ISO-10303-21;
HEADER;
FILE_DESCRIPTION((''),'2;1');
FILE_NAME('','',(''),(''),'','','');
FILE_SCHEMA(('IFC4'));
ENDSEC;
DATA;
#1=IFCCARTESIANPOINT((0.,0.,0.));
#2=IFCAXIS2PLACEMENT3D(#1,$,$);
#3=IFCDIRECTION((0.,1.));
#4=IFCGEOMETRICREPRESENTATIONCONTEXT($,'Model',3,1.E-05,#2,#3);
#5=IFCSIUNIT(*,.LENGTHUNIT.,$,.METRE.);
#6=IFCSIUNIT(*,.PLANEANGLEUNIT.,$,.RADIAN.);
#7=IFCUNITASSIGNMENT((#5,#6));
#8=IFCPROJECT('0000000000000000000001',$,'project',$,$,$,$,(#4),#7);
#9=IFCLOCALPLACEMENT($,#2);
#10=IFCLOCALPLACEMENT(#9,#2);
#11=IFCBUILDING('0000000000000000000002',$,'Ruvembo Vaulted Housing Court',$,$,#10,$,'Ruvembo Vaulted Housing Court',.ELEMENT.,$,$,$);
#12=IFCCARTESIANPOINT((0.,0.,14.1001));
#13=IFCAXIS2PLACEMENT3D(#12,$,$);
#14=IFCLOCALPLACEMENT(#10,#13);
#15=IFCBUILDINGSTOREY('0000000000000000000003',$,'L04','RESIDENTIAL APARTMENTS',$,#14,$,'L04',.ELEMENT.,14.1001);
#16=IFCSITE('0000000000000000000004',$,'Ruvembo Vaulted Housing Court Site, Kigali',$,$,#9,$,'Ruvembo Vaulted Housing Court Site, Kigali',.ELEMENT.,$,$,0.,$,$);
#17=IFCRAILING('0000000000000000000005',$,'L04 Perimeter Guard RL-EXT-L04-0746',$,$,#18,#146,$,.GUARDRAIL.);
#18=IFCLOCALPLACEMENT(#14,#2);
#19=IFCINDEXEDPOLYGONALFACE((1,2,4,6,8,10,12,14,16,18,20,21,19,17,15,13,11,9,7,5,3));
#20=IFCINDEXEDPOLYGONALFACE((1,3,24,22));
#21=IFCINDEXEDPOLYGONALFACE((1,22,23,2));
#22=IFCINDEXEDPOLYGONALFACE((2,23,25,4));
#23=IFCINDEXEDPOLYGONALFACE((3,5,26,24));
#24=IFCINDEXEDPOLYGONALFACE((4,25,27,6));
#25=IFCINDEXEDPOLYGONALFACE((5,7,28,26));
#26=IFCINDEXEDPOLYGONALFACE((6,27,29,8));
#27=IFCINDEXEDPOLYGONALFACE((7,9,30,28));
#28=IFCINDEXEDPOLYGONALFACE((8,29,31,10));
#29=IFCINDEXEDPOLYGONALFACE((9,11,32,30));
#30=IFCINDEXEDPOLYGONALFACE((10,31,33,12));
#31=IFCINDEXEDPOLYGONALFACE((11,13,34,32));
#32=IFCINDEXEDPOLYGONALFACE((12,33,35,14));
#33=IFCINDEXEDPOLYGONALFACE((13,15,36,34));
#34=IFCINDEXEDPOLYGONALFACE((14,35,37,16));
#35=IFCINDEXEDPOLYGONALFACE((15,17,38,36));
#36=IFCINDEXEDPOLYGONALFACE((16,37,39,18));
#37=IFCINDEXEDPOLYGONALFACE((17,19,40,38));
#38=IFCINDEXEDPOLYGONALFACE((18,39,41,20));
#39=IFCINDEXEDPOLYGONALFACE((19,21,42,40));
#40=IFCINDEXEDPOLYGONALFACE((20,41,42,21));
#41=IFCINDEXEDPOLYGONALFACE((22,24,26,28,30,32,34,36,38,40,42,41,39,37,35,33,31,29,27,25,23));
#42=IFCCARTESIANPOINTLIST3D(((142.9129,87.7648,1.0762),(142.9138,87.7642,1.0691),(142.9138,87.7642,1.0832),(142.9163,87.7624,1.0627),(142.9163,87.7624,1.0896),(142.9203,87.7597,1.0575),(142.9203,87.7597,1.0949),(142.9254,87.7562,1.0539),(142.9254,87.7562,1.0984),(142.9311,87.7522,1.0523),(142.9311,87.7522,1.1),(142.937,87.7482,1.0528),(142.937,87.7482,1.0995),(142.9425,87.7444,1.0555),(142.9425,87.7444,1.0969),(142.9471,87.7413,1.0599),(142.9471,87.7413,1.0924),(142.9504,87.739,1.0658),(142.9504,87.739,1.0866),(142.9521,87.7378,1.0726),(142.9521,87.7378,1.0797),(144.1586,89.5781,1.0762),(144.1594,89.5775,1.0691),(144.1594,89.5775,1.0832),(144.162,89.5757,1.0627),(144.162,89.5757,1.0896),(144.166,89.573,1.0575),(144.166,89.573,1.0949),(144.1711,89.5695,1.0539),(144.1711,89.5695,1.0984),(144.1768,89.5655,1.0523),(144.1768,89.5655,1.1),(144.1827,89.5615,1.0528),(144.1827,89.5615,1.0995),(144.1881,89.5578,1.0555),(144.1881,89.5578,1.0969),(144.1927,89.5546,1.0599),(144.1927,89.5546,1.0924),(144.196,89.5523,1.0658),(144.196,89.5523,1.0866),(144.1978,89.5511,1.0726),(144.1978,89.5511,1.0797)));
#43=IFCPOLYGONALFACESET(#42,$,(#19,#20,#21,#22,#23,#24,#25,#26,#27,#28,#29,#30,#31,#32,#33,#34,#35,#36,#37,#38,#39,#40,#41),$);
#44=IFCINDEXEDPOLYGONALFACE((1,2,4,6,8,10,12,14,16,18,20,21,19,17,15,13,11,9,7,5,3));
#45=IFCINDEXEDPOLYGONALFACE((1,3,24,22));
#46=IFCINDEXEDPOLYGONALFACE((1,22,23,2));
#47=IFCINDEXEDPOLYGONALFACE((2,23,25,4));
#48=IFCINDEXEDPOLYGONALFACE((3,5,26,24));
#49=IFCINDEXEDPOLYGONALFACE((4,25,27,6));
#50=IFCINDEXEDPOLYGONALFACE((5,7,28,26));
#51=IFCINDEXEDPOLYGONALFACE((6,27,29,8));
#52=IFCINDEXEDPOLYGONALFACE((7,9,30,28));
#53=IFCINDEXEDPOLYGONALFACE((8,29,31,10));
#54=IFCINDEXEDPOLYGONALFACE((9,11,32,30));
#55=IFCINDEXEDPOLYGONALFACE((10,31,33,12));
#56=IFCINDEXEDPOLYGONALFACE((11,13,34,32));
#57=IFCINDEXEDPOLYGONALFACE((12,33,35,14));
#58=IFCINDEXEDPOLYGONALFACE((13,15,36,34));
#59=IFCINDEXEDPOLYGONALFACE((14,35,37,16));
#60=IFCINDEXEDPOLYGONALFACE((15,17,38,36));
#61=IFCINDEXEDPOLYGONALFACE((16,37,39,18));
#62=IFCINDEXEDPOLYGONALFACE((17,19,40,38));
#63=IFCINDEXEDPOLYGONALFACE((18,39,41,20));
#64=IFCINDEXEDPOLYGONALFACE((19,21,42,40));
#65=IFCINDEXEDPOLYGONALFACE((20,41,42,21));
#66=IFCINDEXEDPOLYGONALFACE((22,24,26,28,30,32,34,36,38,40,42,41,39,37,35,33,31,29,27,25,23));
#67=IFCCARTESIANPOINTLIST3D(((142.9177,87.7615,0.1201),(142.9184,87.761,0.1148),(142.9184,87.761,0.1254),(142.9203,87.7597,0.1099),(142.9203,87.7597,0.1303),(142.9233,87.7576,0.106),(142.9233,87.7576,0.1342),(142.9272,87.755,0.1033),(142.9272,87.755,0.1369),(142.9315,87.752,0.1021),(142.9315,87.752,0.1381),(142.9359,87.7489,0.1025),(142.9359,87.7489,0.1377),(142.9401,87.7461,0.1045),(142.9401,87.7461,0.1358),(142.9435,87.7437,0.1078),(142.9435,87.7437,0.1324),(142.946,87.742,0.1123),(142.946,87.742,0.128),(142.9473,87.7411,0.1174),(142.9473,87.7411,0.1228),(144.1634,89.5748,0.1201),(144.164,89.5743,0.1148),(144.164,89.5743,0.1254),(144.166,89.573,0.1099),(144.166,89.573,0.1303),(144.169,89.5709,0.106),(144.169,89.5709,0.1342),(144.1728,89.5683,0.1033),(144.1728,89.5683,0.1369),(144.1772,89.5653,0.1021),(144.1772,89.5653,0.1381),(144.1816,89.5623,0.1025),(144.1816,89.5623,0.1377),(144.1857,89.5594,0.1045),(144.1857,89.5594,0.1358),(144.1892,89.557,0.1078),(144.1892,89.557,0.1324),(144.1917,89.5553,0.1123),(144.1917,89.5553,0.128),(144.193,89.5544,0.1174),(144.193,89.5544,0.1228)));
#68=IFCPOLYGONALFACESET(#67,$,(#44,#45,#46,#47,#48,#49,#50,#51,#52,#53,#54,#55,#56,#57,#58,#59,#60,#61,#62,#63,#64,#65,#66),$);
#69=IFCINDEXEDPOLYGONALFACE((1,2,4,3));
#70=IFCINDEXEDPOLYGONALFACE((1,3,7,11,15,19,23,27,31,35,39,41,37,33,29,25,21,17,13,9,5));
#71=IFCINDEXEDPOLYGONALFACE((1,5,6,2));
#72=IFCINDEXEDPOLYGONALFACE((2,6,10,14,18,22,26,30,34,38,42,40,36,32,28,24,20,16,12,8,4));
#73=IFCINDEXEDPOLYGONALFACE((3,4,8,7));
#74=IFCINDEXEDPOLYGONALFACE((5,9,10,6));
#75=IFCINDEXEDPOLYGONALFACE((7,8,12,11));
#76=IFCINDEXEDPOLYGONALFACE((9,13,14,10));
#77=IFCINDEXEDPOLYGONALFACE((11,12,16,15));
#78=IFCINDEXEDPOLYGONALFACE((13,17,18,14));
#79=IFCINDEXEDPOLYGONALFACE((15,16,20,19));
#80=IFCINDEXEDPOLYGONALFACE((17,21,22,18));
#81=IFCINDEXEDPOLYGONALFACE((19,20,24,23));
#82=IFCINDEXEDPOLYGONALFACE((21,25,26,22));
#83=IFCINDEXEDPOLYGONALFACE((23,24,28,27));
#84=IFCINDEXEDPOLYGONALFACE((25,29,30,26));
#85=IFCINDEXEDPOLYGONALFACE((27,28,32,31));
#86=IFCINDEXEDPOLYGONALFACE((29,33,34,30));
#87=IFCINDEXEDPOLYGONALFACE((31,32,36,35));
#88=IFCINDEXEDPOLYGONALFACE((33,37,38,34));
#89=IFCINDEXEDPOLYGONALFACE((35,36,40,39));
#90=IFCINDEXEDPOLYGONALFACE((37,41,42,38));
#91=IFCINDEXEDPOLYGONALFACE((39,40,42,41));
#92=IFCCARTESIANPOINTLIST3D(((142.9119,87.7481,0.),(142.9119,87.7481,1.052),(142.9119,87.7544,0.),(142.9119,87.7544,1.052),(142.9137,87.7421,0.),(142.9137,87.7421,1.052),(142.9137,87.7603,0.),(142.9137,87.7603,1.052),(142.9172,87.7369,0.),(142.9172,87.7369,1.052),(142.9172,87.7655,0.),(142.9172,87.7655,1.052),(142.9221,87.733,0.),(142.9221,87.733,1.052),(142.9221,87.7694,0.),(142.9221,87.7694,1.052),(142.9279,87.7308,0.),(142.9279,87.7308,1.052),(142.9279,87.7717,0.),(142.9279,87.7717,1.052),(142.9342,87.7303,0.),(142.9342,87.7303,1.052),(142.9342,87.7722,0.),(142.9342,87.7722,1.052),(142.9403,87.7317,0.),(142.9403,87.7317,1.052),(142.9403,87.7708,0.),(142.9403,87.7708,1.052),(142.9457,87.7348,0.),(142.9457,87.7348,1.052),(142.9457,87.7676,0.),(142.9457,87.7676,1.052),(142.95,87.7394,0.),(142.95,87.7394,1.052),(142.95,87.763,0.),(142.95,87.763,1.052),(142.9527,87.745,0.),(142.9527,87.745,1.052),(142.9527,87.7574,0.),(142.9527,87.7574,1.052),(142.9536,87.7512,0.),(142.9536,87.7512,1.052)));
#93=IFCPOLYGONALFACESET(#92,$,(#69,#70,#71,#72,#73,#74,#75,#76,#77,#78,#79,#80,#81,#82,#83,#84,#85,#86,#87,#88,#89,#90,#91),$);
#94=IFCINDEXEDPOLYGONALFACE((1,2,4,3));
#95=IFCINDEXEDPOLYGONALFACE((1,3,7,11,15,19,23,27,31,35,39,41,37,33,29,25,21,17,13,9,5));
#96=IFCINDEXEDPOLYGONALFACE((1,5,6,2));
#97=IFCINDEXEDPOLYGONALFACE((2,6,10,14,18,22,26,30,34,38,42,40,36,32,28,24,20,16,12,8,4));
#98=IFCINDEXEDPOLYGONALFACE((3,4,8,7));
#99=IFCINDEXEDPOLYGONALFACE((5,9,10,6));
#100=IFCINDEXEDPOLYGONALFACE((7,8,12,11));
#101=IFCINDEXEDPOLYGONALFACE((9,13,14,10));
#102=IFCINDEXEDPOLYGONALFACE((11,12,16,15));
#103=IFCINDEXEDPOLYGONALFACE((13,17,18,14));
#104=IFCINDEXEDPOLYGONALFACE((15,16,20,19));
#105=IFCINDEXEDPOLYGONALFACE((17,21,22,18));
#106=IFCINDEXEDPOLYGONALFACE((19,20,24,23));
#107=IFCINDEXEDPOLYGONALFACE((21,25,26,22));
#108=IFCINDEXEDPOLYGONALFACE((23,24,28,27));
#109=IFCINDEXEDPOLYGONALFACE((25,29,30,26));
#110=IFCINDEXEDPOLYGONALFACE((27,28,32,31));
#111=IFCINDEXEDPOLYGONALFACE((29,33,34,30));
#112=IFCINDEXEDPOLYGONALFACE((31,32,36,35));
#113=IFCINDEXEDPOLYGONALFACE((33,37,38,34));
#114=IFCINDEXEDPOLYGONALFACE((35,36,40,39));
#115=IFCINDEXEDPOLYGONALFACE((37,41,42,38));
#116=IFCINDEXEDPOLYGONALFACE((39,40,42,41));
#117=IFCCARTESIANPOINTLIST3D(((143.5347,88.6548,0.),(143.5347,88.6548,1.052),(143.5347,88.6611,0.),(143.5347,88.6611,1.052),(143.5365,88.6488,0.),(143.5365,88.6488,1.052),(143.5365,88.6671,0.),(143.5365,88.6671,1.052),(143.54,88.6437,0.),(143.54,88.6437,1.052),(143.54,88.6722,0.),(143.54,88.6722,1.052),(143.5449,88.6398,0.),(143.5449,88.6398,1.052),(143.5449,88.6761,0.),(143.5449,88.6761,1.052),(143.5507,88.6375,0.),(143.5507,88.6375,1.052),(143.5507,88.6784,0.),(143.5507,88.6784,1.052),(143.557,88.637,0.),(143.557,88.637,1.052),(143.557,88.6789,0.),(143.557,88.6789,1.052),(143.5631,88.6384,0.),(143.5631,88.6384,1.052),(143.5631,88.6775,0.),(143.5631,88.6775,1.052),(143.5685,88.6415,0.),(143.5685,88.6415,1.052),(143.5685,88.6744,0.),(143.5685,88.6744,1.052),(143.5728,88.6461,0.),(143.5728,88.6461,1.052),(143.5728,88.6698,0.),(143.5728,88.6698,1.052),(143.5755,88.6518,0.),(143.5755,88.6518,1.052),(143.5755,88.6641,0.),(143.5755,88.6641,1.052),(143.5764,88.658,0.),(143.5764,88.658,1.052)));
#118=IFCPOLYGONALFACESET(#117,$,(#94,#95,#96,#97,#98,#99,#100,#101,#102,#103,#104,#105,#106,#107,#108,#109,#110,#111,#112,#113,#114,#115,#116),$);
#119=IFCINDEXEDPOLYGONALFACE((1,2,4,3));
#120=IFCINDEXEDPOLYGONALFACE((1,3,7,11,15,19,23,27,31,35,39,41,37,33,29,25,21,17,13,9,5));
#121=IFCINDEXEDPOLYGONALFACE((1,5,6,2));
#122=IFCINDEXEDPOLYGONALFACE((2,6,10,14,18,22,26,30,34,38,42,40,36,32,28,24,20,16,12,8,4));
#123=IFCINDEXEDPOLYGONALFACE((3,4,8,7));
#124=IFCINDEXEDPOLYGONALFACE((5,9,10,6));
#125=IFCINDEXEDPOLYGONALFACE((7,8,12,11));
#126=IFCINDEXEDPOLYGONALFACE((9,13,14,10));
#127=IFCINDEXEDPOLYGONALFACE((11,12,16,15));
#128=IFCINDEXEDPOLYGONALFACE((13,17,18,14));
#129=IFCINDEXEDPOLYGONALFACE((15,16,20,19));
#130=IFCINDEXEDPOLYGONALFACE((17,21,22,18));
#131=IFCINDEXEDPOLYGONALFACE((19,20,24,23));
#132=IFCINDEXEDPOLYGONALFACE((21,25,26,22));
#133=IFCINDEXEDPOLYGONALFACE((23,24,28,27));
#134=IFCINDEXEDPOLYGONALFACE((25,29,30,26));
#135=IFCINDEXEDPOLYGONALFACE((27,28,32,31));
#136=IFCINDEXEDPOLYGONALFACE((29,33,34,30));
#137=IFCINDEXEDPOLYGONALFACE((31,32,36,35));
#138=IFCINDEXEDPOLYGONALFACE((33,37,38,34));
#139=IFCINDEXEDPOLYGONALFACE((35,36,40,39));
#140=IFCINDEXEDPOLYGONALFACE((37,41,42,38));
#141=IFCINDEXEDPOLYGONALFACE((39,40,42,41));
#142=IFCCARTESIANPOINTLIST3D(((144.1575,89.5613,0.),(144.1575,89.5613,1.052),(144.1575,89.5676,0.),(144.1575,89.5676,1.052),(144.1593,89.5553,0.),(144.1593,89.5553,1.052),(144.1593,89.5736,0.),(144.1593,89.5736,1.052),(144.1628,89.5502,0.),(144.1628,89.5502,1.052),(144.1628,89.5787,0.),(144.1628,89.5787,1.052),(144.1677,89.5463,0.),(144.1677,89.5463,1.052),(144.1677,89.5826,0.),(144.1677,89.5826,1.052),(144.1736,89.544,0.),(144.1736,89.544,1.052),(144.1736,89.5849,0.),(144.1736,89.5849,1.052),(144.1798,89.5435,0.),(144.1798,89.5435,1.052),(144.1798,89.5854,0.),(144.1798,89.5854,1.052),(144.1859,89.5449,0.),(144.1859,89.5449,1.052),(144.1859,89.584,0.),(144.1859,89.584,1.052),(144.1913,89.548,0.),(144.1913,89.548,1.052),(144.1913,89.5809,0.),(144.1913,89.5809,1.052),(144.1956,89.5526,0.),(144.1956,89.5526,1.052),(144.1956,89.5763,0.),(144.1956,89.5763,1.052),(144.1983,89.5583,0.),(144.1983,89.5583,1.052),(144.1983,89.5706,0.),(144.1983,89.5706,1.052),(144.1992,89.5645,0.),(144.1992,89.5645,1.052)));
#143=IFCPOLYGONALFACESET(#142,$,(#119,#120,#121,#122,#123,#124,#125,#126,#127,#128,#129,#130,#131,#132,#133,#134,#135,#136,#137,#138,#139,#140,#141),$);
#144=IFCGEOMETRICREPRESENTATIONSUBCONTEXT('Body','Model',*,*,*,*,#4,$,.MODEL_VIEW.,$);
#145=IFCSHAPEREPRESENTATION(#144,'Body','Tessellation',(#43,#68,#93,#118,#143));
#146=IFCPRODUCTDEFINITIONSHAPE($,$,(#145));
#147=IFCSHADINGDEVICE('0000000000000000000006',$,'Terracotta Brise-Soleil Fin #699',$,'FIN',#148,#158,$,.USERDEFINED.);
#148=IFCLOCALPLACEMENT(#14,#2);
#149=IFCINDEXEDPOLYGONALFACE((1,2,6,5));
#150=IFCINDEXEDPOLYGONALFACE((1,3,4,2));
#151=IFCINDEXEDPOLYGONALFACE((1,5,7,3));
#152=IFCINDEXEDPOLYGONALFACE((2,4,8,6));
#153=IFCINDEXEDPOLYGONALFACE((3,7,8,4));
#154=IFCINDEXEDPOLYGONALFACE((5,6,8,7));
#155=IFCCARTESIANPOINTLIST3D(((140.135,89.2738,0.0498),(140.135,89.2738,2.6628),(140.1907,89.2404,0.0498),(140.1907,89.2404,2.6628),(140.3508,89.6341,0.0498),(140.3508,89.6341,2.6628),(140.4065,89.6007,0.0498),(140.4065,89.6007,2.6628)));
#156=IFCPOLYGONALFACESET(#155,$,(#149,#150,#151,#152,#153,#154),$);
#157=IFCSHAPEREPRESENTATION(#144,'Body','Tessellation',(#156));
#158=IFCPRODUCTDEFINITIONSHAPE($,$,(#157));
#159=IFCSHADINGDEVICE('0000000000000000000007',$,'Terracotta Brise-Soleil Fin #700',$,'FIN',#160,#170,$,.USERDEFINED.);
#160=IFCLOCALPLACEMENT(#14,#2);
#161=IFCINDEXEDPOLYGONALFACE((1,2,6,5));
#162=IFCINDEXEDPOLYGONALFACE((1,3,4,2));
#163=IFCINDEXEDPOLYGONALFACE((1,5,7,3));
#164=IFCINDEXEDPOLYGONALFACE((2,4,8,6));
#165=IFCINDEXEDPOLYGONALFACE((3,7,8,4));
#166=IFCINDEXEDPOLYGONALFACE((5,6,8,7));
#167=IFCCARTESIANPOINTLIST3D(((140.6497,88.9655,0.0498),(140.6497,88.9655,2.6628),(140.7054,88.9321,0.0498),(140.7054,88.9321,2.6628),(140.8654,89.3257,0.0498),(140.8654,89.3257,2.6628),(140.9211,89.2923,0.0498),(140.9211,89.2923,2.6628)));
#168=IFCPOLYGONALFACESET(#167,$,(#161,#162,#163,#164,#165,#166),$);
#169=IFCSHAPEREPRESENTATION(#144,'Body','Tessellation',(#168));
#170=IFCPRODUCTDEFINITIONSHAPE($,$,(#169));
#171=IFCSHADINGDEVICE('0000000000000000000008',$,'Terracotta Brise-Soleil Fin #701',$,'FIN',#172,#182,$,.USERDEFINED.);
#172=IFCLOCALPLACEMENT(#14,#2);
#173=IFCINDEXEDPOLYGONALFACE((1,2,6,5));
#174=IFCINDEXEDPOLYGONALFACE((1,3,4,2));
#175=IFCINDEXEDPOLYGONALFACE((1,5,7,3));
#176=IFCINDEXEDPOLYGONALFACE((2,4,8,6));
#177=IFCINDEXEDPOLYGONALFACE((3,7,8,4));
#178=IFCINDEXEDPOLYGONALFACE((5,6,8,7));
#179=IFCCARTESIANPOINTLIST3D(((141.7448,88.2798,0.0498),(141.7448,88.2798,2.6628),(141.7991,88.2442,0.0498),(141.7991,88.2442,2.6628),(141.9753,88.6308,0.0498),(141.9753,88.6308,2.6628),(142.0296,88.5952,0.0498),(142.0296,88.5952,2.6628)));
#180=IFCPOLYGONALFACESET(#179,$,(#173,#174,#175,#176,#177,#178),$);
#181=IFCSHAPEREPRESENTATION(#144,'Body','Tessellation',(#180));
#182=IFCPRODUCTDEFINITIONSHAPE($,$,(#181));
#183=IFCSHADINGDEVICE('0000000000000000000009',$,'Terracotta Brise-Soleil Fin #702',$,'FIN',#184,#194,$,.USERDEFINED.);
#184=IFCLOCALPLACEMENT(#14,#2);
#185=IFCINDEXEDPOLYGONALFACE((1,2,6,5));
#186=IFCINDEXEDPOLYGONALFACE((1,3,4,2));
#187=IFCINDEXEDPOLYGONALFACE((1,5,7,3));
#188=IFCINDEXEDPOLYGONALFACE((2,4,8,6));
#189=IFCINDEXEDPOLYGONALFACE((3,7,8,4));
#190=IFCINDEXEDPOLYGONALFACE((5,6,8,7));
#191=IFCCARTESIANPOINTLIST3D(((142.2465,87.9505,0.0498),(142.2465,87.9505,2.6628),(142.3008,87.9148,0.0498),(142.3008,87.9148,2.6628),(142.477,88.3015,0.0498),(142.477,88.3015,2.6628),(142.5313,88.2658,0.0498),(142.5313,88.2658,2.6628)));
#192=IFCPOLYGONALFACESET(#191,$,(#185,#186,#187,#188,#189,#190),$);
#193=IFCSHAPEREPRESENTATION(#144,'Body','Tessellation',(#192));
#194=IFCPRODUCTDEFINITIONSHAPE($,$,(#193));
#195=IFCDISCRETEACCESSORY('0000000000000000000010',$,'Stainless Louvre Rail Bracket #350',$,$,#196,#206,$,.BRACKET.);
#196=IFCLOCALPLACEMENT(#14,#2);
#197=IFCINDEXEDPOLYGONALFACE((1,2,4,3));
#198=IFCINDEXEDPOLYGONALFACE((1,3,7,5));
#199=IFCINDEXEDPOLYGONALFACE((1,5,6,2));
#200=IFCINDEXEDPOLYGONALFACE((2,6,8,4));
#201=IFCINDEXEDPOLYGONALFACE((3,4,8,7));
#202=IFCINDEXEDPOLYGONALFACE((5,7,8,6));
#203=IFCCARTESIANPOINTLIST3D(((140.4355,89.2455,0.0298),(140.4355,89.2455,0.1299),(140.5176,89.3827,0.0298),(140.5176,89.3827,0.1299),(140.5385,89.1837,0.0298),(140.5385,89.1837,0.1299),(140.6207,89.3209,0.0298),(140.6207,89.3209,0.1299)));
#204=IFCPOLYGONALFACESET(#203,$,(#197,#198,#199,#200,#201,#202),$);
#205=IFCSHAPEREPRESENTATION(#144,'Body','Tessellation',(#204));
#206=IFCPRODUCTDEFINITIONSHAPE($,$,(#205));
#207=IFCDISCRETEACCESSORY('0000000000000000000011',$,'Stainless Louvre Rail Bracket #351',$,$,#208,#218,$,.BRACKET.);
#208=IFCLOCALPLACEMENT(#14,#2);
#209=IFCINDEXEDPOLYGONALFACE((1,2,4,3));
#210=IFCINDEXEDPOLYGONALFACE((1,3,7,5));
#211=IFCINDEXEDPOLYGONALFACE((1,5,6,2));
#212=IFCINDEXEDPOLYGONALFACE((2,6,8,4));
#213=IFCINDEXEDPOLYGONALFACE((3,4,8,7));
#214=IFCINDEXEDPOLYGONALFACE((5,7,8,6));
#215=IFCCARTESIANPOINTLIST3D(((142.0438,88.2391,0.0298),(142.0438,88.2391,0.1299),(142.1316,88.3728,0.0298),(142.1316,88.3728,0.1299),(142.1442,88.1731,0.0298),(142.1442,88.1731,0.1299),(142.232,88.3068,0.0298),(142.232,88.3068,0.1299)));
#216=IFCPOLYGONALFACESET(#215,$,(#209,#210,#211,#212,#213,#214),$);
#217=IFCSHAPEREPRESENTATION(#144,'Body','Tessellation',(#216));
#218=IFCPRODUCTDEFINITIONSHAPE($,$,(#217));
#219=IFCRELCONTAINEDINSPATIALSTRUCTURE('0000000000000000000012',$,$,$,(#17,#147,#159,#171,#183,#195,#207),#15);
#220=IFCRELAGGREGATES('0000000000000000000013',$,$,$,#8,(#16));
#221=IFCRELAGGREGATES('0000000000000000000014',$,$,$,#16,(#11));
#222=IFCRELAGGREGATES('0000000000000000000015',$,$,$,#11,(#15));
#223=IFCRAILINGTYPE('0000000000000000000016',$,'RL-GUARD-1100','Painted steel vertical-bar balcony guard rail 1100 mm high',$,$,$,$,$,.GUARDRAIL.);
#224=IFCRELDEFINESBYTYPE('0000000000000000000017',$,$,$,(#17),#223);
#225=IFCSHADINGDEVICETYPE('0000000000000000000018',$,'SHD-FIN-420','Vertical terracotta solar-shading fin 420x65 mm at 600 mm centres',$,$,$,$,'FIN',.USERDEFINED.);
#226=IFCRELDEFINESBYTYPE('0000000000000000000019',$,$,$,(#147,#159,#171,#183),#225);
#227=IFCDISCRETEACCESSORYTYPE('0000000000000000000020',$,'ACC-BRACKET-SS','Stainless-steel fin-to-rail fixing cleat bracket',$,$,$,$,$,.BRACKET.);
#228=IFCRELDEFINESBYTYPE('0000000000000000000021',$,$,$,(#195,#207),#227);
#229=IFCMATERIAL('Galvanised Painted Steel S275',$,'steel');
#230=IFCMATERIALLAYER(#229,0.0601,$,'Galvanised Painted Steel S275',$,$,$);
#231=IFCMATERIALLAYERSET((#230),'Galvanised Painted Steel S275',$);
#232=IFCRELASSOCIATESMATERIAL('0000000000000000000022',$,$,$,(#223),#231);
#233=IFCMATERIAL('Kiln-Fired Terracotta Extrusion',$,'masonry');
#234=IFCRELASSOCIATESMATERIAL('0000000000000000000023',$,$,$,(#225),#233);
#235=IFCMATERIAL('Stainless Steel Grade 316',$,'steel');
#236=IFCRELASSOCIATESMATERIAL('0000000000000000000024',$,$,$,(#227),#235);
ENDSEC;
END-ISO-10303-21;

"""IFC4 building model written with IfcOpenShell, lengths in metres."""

from ifc_helpers import new_model, si_unit, direction, frame, origin, origin_2d, place, context, subcontext, project, spatial, rectangle, circle, extrude, material, layer, layer_set, type_object, element, save


model = new_model("IFC4")

# Units and contexts
model_context = context("Model", 3, precision=1e-05, world=origin(), true_north=direction((0.0, 1.0)))
body_context = subcontext(model_context, "Body", "Model", "MODEL_VIEW")
ifc_project = project(units=[si_unit("LENGTHUNIT", "METRE"), si_unit("PLANEANGLEUNIT", "RADIAN")], contexts=[model_context])

# Site, building, storey
site_placement = place(None, origin())
site = spatial("IfcSite", under=ifc_project, at=site_placement, Name="Ruvembo Vaulted Housing Court Site, Kigali", LongName="Ruvembo Vaulted Housing Court Site, Kigali", CompositionType="ELEMENT", RefElevation=0.0)
building_placement = place(site_placement, origin())
building = spatial("IfcBuilding", under=site, at=building_placement, Name="Ruvembo Vaulted Housing Court", LongName="Ruvembo Vaulted Housing Court", CompositionType="ELEMENT")
storey_placement = place(building_placement, frame((0.0, 0.0, 14.1001)))
storey = spatial("IfcBuildingStorey", under=building, at=storey_placement, Name="L04", Description="RESIDENTIAL APARTMENTS", LongName="L04", CompositionType="ELEMENT", Elevation=14.1001)

# Railing
ifc_material_1 = material(Name="Galvanised Painted Steel S275", Category="steel")
ifc_layer_1 = layer(ifc_material_1, 0.0601, Name="Galvanised Painted Steel S275")
ifc_layer_set_1 = layer_set([ifc_layer_1], Name="Galvanised Painted Steel S275")
railing_type = type_object("IfcRailingType", Name="RL-GUARD-1100", Description="Painted steel vertical-bar balcony guard rail 1100 mm high", PredefinedType="GUARDRAIL", material=ifc_layer_set_1)
railing_1_placement = place(storey_placement, frame((142.9326, 87.7512, 0.0)))
element("IfcRailing", 1, at=railing_1_placement, inside=storey, type_object=railing_type, Name="L04 Perimeter Guard RL-EXT-L04-0746", PredefinedType="GUARDRAIL", context=body_context, shape_type="SweptSolid", body=[
    extrude(circle(Radius=0.0239, at=origin_2d()), frame((0.0, 0.0, 1.0762), z_axis=(0.566223, 0.824252, 0.0), x_axis=(-0.824252, 0.566223, 0.0)), (0.0, 0.0, 1.0), 2.2),
    extrude(circle(Radius=0.0181, at=origin_2d()), frame((0.0, 0.0, 0.1201), z_axis=(0.566223, 0.824252, 0.0), x_axis=(-0.824252, 0.566223, 0.0)), (0.0, 0.0, 1.0), 2.2),
    extrude(circle(Radius=0.021, at=origin_2d()), origin(), (0.0, 0.0, 1.0), 1.052),
    extrude(circle(Radius=0.021, at=origin_2d()), frame((0.6228, 0.9067, 0.0)), (0.0, 0.0, 1.0), 1.052),
    extrude(circle(Radius=0.021, at=origin_2d()), frame((1.2456, 1.8132, 0.0)), (0.0, 0.0, 1.0), 1.052),
])

# Shading devices
ifc_material_2 = material(Name="Kiln-Fired Terracotta Extrusion", Category="masonry")
shading_device_type = type_object("IfcShadingDeviceType", Name="SHD-FIN-420", Description="Vertical terracotta solar-shading fin 420x65 mm at 600 mm centres", ElementType="FIN", PredefinedType="USERDEFINED", material=ifc_material_2)
for number, where, z_axis, x_axis, name in (
    (2, (140.2708, 89.4373, 0.0498), (0.0, 0.0, 1.0), (-0.513826, -0.857895, 0.0), "Terracotta Brise-Soleil Fin #699"),
    (3, (140.7854, 89.1289, 0.0498), (0.0, 0.0, 1.0), (-0.513826, -0.857895, 0.0), "Terracotta Brise-Soleil Fin #700"),
    (4, (141.8872, 88.4375, 0.0498), (0.0, 0.0, 1.0), (-0.548964, -0.835846, 0.0), "Terracotta Brise-Soleil Fin #701"),
    (5, (142.3889, 88.1082, 0.0498), (0.0, 0.0, 1.0), (-0.548964, -0.835846, 0.0), "Terracotta Brise-Soleil Fin #702"),
):
    element("IfcShadingDevice", number, at=place(storey_placement, frame(where, z_axis=z_axis, x_axis=x_axis)), inside=storey, type_object=shading_device_type, Name=name, ObjectType="FIN", PredefinedType="USERDEFINED", context=body_context, shape_type="SweptSolid", body=[
        extrude(rectangle(XDim=0.4199, YDim=0.0649, at=origin_2d()), origin(), (0.0, 0.0, 1.0), 2.613),
    ])

# Discrete accessories
ifc_material_3 = material(Name="Stainless Steel Grade 316", Category="steel")
discrete_accessory_type = type_object("IfcDiscreteAccessoryType", Name="ACC-BRACKET-SS", Description="Stainless-steel fin-to-rail fixing cleat bracket", PredefinedType="BRACKET", material=ifc_material_3)
for number, where, z_axis, x_axis, name in (
    (6, (140.5281, 89.2832, 0.0298), (0.0, 0.0, 1.0), (-0.513826, -0.857895, 0.0), "Stainless Louvre Rail Bracket #350"),
    (7, (142.1379, 88.2729, 0.0298), (0.0, 0.0, 1.0), (-0.548964, -0.835846, 0.0), "Stainless Louvre Rail Bracket #351"),
):
    element("IfcDiscreteAccessory", number, at=place(storey_placement, frame(where, z_axis=z_axis, x_axis=x_axis)), inside=storey, type_object=discrete_accessory_type, Name=name, PredefinedType="BRACKET", context=body_context, shape_type="SweptSolid", body=[
        extrude(rectangle(XDim=0.1599, YDim=0.1201, at=origin_2d()), origin(), (0.0, 0.0, 1.0), 0.1001),
    ])

save(model, "model.ifc")
